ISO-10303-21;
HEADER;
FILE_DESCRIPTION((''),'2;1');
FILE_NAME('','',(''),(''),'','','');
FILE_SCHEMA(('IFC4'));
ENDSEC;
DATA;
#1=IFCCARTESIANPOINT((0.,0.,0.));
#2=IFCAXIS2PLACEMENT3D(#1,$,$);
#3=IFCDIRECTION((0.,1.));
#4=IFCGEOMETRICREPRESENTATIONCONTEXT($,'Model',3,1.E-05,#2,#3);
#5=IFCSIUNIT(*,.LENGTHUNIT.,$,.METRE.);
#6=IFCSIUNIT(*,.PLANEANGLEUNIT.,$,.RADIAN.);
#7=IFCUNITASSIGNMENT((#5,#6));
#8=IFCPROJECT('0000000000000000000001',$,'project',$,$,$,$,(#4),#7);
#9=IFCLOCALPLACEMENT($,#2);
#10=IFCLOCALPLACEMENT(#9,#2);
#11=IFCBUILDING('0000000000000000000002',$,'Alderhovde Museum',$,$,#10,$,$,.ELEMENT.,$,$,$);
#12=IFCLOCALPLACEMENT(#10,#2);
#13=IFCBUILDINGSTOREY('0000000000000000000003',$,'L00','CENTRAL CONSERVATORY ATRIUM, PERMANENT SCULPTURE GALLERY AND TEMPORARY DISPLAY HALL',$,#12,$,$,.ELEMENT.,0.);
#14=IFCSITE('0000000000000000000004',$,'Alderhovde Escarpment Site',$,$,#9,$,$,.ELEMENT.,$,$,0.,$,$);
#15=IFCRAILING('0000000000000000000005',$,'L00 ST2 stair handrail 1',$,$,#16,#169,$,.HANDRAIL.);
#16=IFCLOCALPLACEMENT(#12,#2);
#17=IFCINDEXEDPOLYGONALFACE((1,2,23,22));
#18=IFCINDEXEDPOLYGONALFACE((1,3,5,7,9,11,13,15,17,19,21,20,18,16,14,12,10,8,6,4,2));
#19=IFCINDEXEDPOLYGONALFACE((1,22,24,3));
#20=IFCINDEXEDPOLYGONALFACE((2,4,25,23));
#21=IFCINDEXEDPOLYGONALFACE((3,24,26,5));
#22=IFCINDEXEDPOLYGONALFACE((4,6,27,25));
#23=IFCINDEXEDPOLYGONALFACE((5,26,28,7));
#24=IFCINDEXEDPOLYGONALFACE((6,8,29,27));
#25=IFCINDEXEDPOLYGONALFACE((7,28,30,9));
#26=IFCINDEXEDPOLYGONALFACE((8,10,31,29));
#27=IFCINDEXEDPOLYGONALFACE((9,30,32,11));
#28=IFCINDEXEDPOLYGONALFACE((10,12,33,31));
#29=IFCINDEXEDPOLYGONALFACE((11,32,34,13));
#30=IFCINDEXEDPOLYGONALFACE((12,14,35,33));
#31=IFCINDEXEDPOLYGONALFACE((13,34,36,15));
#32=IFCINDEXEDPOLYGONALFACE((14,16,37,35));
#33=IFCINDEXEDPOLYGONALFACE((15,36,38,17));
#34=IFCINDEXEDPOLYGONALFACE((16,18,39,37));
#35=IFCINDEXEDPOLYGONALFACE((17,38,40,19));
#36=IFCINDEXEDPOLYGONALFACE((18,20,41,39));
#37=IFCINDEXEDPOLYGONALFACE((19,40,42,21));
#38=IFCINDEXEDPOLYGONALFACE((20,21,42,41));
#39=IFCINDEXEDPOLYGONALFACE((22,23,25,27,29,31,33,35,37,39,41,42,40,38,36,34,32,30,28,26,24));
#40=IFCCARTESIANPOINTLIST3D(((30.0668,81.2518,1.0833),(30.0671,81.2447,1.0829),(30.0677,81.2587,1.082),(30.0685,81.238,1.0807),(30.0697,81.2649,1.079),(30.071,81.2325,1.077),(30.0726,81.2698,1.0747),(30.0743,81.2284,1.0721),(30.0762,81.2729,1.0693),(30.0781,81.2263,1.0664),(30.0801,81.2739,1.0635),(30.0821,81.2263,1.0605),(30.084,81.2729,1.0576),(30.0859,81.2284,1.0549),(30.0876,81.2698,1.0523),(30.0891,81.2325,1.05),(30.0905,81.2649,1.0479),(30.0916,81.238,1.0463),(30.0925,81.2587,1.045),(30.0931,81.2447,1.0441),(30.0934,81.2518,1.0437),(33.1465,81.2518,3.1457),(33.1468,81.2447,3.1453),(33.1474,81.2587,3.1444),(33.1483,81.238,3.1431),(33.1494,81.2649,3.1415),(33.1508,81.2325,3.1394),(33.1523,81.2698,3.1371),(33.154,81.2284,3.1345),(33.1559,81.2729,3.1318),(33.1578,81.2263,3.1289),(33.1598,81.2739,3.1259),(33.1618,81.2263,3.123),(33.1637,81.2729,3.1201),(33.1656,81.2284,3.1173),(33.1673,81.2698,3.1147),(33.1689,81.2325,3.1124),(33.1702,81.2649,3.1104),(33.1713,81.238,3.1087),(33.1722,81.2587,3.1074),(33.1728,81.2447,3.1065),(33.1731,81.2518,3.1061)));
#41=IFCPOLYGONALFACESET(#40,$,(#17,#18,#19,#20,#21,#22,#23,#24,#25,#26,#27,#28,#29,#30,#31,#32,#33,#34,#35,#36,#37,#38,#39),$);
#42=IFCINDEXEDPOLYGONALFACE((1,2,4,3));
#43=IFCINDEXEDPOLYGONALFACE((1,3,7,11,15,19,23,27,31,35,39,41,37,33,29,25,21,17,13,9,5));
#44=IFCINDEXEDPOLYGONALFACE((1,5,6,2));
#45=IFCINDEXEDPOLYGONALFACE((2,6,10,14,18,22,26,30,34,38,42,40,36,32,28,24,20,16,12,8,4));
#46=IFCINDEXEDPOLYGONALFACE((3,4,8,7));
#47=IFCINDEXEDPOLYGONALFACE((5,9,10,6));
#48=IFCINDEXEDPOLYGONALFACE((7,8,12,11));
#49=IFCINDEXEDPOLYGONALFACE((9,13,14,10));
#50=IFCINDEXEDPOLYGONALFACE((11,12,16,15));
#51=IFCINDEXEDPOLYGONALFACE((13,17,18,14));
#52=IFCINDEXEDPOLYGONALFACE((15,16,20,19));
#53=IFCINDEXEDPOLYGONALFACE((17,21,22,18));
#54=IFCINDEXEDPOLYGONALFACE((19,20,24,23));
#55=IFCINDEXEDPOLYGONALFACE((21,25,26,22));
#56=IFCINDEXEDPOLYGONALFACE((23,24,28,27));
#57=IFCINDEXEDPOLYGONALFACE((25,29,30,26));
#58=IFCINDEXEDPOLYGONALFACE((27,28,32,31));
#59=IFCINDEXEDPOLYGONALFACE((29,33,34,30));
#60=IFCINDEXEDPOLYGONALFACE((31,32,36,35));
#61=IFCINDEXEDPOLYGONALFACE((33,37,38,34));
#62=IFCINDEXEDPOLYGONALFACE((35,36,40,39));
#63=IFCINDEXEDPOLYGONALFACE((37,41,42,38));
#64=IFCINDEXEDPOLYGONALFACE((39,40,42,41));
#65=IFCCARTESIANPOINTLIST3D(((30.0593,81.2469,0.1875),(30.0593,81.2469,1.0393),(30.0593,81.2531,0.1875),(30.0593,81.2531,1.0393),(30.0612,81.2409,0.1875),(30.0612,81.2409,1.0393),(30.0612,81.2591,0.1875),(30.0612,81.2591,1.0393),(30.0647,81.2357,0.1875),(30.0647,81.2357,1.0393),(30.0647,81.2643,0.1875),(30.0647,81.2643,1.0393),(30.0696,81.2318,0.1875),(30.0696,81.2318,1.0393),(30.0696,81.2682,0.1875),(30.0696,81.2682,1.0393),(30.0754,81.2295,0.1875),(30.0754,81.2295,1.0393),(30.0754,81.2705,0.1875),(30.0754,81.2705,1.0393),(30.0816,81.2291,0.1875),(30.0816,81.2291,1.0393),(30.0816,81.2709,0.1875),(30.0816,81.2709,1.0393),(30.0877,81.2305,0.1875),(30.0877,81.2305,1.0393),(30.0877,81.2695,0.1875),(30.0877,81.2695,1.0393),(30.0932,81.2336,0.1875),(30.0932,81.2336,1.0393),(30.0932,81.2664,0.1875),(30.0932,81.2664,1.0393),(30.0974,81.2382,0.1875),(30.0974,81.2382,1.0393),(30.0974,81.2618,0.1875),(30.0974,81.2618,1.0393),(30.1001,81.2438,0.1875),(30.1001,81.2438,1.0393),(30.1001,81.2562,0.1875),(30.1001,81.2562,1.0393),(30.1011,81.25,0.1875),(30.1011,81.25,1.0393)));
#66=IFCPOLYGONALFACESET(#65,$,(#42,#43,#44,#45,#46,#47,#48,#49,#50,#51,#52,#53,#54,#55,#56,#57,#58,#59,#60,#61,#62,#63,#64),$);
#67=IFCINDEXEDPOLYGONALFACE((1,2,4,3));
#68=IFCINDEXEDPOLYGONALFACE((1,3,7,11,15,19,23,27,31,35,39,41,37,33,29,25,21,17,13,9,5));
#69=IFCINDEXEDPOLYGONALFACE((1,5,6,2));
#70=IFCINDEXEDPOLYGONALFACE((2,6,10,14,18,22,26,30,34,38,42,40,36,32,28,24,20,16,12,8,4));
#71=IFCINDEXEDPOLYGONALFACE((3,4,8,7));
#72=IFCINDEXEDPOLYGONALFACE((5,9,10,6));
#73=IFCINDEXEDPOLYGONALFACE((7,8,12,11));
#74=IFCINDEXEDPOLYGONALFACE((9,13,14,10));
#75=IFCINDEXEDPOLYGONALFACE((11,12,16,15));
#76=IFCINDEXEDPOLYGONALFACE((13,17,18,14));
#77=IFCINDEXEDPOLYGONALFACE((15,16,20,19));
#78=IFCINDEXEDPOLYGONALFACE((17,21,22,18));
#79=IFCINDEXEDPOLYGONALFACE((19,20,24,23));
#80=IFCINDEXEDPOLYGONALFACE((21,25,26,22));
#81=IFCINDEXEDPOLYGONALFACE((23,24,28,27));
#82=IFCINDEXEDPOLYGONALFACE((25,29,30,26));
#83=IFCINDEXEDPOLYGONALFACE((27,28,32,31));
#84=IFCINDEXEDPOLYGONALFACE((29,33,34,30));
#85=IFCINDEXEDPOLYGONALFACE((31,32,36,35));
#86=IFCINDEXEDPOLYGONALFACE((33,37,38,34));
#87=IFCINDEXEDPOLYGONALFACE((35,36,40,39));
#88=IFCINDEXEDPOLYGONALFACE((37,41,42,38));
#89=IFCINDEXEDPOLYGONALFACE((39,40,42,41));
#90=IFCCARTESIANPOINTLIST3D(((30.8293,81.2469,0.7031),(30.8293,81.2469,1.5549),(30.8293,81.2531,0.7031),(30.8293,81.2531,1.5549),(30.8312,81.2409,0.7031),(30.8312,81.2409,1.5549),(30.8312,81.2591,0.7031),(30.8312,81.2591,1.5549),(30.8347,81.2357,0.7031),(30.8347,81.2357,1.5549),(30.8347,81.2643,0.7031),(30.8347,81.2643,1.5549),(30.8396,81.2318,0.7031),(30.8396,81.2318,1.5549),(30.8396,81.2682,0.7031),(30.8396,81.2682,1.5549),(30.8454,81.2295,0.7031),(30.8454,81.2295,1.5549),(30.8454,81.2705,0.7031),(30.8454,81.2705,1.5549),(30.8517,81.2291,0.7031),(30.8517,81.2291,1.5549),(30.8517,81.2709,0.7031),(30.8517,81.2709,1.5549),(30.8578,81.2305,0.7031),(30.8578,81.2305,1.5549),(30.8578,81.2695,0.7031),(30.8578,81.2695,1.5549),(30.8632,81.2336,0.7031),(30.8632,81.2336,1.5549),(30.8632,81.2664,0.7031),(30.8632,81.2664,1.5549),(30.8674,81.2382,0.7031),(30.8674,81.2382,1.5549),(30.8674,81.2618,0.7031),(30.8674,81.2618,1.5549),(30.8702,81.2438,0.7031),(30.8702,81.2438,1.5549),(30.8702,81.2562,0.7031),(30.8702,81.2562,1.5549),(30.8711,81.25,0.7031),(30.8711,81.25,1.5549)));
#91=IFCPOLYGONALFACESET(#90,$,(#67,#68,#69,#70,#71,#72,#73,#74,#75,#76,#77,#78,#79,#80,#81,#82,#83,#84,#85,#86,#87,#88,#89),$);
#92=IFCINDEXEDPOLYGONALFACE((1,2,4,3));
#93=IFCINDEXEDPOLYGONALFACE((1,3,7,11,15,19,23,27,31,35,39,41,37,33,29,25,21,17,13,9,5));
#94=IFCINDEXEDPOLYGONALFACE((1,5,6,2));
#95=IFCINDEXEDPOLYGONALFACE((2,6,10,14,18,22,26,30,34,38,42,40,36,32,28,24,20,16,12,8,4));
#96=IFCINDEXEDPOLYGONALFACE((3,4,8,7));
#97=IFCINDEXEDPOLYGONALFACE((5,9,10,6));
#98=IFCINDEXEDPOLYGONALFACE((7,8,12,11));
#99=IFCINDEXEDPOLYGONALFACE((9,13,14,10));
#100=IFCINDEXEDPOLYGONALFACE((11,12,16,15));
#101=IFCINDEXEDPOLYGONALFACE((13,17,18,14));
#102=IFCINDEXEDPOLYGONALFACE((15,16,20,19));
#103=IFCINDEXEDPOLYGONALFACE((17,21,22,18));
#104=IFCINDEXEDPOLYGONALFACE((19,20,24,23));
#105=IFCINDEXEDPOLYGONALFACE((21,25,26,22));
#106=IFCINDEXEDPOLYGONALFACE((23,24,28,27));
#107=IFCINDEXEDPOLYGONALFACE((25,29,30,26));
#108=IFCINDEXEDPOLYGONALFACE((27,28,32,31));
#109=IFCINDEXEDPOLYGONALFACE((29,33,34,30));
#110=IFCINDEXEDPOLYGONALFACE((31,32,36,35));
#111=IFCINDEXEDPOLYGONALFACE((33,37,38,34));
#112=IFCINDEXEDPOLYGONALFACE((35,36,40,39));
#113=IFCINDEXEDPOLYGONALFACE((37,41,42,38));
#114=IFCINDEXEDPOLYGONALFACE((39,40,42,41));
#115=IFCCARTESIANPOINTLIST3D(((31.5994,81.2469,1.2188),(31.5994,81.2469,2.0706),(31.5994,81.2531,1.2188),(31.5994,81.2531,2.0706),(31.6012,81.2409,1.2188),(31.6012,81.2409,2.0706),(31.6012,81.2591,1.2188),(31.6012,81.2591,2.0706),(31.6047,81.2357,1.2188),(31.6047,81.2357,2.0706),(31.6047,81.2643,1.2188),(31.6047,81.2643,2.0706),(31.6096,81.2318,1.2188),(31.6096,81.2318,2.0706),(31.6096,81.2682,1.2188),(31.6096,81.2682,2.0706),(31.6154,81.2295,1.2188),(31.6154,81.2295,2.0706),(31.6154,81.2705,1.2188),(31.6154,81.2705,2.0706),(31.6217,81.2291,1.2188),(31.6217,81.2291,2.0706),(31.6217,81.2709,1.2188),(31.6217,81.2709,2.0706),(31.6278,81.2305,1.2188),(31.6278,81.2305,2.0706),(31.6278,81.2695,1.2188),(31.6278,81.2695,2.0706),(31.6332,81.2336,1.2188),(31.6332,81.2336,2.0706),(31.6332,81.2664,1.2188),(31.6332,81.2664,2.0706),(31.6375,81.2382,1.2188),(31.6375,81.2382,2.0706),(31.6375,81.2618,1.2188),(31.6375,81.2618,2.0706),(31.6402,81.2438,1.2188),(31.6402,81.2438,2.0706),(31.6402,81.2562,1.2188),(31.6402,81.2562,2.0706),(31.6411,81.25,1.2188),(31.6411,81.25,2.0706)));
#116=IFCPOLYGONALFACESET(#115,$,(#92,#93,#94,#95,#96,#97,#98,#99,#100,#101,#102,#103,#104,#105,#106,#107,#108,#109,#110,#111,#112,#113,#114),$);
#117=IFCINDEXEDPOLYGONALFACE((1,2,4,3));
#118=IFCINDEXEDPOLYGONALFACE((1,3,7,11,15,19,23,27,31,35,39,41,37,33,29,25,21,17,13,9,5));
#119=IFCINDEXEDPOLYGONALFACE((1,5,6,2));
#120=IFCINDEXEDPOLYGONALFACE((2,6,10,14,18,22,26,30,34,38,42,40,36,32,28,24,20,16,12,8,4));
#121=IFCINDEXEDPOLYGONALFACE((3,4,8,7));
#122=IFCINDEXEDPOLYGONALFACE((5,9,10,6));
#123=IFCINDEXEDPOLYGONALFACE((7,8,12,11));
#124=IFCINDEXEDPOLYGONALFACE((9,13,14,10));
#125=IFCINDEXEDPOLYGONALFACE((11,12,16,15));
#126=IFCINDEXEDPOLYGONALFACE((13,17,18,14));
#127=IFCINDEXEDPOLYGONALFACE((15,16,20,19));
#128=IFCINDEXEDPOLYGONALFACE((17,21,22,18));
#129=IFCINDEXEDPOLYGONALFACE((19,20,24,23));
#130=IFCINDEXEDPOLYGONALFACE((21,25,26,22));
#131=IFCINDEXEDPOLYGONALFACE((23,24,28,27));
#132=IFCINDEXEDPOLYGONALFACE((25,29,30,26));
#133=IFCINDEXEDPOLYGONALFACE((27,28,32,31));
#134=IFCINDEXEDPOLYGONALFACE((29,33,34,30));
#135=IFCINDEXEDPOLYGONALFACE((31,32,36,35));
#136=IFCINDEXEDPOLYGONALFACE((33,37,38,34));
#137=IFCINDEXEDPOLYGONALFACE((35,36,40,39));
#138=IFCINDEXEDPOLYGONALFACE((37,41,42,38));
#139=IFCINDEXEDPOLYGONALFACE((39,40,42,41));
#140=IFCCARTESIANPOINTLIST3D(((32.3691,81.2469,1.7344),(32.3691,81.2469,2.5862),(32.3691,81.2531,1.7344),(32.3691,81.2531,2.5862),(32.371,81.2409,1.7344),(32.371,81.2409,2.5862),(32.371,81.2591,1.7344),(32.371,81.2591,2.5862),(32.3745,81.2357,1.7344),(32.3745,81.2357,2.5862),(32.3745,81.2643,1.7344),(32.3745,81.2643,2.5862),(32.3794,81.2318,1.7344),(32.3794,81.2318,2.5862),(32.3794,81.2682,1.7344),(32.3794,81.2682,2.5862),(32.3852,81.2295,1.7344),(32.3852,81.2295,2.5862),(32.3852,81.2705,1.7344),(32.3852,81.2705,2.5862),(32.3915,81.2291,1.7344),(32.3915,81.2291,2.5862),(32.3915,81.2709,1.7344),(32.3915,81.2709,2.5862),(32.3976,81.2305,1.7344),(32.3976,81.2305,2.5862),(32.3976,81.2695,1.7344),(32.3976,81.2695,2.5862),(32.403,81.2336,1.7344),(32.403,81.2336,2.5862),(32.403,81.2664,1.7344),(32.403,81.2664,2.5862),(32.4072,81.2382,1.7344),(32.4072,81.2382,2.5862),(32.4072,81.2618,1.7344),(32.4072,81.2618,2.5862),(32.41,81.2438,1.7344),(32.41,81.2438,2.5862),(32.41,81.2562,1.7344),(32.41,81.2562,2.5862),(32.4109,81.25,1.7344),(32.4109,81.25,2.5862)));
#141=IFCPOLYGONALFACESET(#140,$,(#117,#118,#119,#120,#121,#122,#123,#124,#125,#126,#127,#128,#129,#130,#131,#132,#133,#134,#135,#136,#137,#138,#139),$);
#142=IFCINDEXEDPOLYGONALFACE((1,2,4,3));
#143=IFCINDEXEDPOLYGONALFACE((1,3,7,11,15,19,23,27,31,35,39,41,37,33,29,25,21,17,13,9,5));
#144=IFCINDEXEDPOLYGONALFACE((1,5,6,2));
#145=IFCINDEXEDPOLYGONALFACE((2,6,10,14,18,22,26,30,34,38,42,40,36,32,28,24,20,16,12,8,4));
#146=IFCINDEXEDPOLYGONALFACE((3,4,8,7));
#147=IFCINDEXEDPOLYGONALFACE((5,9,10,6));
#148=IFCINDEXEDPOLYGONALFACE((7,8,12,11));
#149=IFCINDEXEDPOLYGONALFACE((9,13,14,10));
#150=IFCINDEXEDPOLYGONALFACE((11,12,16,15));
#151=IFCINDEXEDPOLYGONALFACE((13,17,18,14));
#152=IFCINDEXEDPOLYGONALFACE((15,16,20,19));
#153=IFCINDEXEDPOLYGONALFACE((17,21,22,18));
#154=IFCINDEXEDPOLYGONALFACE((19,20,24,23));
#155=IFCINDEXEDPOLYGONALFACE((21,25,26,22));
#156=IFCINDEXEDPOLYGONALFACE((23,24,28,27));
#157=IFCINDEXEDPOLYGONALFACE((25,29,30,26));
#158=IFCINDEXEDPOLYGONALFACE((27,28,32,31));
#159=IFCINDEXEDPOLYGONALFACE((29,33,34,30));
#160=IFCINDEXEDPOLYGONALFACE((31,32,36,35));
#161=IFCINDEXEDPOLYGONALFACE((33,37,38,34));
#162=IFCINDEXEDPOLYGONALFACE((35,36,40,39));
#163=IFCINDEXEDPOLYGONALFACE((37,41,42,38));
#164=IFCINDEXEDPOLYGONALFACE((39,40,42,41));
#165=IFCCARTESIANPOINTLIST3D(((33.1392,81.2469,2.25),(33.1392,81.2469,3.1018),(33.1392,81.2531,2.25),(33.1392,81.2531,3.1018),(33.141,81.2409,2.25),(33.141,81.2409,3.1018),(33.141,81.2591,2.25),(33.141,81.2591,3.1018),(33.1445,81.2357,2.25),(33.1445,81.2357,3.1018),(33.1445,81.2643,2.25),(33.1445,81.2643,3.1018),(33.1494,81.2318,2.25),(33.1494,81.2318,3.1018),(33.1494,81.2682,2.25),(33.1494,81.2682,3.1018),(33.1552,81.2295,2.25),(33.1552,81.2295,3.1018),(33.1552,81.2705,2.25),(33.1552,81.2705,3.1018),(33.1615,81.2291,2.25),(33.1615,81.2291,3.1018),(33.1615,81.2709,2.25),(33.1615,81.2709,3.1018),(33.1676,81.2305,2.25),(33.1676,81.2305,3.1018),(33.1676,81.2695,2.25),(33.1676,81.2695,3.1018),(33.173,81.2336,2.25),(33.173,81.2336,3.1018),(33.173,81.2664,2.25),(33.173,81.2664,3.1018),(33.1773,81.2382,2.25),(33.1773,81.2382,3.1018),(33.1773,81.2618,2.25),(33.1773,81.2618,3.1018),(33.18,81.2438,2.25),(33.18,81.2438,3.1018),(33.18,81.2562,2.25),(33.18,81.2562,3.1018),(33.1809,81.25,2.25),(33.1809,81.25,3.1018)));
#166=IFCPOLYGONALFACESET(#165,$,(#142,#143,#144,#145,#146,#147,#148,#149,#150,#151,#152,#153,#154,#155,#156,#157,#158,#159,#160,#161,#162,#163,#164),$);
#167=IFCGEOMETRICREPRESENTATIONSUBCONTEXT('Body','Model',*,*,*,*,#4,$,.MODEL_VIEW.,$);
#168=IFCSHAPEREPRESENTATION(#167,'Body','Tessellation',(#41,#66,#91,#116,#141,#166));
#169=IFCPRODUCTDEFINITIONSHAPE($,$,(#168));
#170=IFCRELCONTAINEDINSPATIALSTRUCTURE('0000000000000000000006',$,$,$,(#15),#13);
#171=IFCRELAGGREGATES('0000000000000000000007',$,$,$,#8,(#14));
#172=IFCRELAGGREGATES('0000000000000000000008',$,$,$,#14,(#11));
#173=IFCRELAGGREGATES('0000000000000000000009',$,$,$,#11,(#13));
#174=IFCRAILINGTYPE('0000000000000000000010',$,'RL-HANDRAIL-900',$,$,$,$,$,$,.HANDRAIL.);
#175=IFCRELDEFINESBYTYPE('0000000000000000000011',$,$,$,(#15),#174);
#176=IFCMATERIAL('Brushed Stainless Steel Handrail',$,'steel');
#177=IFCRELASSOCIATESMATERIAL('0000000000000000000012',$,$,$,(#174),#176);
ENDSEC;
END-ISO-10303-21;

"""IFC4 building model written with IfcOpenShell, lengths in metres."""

from ifc_helpers import new_model, si_unit, direction, frame, origin, origin_2d, place, context, subcontext, project, spatial, circle, extrude, material, type_object, element, save


model = new_model("IFC4")

# Units and contexts
model_context = context("Model", 3, precision=1e-05, world=origin(), true_north=direction((0.0, 1.0)))
body_context = subcontext(model_context, "Body", "Model", "MODEL_VIEW")
ifc_project = project(units=[si_unit("LENGTHUNIT", "METRE"), si_unit("PLANEANGLEUNIT", "RADIAN")], contexts=[model_context])

# Site, building, storey
site_placement = place(None, origin())
site = spatial("IfcSite", under=ifc_project, at=site_placement, Name="Alderhovde Escarpment Site", CompositionType="ELEMENT", RefElevation=0.0)
building_placement = place(site_placement, origin())
building = spatial("IfcBuilding", under=site, at=building_placement, Name="Alderhovde Museum", CompositionType="ELEMENT")
storey_placement = place(building_placement, origin())
storey = spatial("IfcBuildingStorey", under=building, at=storey_placement, Name="L00", Description="CENTRAL CONSERVATORY ATRIUM, PERMANENT SCULPTURE GALLERY AND TEMPORARY DISPLAY HALL", CompositionType="ELEMENT", Elevation=0.0)

# Railing
ifc_material_1 = material(Name="Brushed Stainless Steel Handrail", Category="steel")
railing_type_1 = type_object("IfcRailingType", Name="RL-HANDRAIL-900", PredefinedType="HANDRAIL", material=ifc_material_1)
railing_1_placement = place(storey_placement, frame((30.0801, 81.25, 0.1875)))
element("IfcRailing", 1, at=railing_1_placement, inside=storey, type_object=railing_type_1, Name="L00 ST2 stair handrail 1", PredefinedType="HANDRAIL", context=body_context, shape_type="SweptSolid", body=[
    extrude(circle(Radius=0.0239, at=origin_2d()), frame((0.0, 0.0, 0.876), z_axis=(0.830893, 0.0, 0.556432), x_axis=(0.0, 1.0, 0.0)), (0.0, 0.0, 1.0), 3.7065),
    extrude(circle(Radius=0.021, at=origin_2d()), origin(), (0.0, 0.0, 1.0), 0.8518),
    extrude(circle(Radius=0.021, at=origin_2d()), frame((0.77, 0.0, 0.5156)), (0.0, 0.0, 1.0), 0.8518),
    extrude(circle(Radius=0.021, at=origin_2d()), frame((1.54, 0.0, 1.0312)), (0.0, 0.0, 1.0), 0.8518),
    extrude(circle(Radius=0.021, at=origin_2d()), frame((2.3098, 0.0, 1.5469)), (0.0, 0.0, 1.0), 0.8518),
    extrude(circle(Radius=0.021, at=origin_2d()), frame((3.0798, 0.0, 2.0625)), (0.0, 0.0, 1.0), 0.8518),
])

save(model, "model.ifc")
